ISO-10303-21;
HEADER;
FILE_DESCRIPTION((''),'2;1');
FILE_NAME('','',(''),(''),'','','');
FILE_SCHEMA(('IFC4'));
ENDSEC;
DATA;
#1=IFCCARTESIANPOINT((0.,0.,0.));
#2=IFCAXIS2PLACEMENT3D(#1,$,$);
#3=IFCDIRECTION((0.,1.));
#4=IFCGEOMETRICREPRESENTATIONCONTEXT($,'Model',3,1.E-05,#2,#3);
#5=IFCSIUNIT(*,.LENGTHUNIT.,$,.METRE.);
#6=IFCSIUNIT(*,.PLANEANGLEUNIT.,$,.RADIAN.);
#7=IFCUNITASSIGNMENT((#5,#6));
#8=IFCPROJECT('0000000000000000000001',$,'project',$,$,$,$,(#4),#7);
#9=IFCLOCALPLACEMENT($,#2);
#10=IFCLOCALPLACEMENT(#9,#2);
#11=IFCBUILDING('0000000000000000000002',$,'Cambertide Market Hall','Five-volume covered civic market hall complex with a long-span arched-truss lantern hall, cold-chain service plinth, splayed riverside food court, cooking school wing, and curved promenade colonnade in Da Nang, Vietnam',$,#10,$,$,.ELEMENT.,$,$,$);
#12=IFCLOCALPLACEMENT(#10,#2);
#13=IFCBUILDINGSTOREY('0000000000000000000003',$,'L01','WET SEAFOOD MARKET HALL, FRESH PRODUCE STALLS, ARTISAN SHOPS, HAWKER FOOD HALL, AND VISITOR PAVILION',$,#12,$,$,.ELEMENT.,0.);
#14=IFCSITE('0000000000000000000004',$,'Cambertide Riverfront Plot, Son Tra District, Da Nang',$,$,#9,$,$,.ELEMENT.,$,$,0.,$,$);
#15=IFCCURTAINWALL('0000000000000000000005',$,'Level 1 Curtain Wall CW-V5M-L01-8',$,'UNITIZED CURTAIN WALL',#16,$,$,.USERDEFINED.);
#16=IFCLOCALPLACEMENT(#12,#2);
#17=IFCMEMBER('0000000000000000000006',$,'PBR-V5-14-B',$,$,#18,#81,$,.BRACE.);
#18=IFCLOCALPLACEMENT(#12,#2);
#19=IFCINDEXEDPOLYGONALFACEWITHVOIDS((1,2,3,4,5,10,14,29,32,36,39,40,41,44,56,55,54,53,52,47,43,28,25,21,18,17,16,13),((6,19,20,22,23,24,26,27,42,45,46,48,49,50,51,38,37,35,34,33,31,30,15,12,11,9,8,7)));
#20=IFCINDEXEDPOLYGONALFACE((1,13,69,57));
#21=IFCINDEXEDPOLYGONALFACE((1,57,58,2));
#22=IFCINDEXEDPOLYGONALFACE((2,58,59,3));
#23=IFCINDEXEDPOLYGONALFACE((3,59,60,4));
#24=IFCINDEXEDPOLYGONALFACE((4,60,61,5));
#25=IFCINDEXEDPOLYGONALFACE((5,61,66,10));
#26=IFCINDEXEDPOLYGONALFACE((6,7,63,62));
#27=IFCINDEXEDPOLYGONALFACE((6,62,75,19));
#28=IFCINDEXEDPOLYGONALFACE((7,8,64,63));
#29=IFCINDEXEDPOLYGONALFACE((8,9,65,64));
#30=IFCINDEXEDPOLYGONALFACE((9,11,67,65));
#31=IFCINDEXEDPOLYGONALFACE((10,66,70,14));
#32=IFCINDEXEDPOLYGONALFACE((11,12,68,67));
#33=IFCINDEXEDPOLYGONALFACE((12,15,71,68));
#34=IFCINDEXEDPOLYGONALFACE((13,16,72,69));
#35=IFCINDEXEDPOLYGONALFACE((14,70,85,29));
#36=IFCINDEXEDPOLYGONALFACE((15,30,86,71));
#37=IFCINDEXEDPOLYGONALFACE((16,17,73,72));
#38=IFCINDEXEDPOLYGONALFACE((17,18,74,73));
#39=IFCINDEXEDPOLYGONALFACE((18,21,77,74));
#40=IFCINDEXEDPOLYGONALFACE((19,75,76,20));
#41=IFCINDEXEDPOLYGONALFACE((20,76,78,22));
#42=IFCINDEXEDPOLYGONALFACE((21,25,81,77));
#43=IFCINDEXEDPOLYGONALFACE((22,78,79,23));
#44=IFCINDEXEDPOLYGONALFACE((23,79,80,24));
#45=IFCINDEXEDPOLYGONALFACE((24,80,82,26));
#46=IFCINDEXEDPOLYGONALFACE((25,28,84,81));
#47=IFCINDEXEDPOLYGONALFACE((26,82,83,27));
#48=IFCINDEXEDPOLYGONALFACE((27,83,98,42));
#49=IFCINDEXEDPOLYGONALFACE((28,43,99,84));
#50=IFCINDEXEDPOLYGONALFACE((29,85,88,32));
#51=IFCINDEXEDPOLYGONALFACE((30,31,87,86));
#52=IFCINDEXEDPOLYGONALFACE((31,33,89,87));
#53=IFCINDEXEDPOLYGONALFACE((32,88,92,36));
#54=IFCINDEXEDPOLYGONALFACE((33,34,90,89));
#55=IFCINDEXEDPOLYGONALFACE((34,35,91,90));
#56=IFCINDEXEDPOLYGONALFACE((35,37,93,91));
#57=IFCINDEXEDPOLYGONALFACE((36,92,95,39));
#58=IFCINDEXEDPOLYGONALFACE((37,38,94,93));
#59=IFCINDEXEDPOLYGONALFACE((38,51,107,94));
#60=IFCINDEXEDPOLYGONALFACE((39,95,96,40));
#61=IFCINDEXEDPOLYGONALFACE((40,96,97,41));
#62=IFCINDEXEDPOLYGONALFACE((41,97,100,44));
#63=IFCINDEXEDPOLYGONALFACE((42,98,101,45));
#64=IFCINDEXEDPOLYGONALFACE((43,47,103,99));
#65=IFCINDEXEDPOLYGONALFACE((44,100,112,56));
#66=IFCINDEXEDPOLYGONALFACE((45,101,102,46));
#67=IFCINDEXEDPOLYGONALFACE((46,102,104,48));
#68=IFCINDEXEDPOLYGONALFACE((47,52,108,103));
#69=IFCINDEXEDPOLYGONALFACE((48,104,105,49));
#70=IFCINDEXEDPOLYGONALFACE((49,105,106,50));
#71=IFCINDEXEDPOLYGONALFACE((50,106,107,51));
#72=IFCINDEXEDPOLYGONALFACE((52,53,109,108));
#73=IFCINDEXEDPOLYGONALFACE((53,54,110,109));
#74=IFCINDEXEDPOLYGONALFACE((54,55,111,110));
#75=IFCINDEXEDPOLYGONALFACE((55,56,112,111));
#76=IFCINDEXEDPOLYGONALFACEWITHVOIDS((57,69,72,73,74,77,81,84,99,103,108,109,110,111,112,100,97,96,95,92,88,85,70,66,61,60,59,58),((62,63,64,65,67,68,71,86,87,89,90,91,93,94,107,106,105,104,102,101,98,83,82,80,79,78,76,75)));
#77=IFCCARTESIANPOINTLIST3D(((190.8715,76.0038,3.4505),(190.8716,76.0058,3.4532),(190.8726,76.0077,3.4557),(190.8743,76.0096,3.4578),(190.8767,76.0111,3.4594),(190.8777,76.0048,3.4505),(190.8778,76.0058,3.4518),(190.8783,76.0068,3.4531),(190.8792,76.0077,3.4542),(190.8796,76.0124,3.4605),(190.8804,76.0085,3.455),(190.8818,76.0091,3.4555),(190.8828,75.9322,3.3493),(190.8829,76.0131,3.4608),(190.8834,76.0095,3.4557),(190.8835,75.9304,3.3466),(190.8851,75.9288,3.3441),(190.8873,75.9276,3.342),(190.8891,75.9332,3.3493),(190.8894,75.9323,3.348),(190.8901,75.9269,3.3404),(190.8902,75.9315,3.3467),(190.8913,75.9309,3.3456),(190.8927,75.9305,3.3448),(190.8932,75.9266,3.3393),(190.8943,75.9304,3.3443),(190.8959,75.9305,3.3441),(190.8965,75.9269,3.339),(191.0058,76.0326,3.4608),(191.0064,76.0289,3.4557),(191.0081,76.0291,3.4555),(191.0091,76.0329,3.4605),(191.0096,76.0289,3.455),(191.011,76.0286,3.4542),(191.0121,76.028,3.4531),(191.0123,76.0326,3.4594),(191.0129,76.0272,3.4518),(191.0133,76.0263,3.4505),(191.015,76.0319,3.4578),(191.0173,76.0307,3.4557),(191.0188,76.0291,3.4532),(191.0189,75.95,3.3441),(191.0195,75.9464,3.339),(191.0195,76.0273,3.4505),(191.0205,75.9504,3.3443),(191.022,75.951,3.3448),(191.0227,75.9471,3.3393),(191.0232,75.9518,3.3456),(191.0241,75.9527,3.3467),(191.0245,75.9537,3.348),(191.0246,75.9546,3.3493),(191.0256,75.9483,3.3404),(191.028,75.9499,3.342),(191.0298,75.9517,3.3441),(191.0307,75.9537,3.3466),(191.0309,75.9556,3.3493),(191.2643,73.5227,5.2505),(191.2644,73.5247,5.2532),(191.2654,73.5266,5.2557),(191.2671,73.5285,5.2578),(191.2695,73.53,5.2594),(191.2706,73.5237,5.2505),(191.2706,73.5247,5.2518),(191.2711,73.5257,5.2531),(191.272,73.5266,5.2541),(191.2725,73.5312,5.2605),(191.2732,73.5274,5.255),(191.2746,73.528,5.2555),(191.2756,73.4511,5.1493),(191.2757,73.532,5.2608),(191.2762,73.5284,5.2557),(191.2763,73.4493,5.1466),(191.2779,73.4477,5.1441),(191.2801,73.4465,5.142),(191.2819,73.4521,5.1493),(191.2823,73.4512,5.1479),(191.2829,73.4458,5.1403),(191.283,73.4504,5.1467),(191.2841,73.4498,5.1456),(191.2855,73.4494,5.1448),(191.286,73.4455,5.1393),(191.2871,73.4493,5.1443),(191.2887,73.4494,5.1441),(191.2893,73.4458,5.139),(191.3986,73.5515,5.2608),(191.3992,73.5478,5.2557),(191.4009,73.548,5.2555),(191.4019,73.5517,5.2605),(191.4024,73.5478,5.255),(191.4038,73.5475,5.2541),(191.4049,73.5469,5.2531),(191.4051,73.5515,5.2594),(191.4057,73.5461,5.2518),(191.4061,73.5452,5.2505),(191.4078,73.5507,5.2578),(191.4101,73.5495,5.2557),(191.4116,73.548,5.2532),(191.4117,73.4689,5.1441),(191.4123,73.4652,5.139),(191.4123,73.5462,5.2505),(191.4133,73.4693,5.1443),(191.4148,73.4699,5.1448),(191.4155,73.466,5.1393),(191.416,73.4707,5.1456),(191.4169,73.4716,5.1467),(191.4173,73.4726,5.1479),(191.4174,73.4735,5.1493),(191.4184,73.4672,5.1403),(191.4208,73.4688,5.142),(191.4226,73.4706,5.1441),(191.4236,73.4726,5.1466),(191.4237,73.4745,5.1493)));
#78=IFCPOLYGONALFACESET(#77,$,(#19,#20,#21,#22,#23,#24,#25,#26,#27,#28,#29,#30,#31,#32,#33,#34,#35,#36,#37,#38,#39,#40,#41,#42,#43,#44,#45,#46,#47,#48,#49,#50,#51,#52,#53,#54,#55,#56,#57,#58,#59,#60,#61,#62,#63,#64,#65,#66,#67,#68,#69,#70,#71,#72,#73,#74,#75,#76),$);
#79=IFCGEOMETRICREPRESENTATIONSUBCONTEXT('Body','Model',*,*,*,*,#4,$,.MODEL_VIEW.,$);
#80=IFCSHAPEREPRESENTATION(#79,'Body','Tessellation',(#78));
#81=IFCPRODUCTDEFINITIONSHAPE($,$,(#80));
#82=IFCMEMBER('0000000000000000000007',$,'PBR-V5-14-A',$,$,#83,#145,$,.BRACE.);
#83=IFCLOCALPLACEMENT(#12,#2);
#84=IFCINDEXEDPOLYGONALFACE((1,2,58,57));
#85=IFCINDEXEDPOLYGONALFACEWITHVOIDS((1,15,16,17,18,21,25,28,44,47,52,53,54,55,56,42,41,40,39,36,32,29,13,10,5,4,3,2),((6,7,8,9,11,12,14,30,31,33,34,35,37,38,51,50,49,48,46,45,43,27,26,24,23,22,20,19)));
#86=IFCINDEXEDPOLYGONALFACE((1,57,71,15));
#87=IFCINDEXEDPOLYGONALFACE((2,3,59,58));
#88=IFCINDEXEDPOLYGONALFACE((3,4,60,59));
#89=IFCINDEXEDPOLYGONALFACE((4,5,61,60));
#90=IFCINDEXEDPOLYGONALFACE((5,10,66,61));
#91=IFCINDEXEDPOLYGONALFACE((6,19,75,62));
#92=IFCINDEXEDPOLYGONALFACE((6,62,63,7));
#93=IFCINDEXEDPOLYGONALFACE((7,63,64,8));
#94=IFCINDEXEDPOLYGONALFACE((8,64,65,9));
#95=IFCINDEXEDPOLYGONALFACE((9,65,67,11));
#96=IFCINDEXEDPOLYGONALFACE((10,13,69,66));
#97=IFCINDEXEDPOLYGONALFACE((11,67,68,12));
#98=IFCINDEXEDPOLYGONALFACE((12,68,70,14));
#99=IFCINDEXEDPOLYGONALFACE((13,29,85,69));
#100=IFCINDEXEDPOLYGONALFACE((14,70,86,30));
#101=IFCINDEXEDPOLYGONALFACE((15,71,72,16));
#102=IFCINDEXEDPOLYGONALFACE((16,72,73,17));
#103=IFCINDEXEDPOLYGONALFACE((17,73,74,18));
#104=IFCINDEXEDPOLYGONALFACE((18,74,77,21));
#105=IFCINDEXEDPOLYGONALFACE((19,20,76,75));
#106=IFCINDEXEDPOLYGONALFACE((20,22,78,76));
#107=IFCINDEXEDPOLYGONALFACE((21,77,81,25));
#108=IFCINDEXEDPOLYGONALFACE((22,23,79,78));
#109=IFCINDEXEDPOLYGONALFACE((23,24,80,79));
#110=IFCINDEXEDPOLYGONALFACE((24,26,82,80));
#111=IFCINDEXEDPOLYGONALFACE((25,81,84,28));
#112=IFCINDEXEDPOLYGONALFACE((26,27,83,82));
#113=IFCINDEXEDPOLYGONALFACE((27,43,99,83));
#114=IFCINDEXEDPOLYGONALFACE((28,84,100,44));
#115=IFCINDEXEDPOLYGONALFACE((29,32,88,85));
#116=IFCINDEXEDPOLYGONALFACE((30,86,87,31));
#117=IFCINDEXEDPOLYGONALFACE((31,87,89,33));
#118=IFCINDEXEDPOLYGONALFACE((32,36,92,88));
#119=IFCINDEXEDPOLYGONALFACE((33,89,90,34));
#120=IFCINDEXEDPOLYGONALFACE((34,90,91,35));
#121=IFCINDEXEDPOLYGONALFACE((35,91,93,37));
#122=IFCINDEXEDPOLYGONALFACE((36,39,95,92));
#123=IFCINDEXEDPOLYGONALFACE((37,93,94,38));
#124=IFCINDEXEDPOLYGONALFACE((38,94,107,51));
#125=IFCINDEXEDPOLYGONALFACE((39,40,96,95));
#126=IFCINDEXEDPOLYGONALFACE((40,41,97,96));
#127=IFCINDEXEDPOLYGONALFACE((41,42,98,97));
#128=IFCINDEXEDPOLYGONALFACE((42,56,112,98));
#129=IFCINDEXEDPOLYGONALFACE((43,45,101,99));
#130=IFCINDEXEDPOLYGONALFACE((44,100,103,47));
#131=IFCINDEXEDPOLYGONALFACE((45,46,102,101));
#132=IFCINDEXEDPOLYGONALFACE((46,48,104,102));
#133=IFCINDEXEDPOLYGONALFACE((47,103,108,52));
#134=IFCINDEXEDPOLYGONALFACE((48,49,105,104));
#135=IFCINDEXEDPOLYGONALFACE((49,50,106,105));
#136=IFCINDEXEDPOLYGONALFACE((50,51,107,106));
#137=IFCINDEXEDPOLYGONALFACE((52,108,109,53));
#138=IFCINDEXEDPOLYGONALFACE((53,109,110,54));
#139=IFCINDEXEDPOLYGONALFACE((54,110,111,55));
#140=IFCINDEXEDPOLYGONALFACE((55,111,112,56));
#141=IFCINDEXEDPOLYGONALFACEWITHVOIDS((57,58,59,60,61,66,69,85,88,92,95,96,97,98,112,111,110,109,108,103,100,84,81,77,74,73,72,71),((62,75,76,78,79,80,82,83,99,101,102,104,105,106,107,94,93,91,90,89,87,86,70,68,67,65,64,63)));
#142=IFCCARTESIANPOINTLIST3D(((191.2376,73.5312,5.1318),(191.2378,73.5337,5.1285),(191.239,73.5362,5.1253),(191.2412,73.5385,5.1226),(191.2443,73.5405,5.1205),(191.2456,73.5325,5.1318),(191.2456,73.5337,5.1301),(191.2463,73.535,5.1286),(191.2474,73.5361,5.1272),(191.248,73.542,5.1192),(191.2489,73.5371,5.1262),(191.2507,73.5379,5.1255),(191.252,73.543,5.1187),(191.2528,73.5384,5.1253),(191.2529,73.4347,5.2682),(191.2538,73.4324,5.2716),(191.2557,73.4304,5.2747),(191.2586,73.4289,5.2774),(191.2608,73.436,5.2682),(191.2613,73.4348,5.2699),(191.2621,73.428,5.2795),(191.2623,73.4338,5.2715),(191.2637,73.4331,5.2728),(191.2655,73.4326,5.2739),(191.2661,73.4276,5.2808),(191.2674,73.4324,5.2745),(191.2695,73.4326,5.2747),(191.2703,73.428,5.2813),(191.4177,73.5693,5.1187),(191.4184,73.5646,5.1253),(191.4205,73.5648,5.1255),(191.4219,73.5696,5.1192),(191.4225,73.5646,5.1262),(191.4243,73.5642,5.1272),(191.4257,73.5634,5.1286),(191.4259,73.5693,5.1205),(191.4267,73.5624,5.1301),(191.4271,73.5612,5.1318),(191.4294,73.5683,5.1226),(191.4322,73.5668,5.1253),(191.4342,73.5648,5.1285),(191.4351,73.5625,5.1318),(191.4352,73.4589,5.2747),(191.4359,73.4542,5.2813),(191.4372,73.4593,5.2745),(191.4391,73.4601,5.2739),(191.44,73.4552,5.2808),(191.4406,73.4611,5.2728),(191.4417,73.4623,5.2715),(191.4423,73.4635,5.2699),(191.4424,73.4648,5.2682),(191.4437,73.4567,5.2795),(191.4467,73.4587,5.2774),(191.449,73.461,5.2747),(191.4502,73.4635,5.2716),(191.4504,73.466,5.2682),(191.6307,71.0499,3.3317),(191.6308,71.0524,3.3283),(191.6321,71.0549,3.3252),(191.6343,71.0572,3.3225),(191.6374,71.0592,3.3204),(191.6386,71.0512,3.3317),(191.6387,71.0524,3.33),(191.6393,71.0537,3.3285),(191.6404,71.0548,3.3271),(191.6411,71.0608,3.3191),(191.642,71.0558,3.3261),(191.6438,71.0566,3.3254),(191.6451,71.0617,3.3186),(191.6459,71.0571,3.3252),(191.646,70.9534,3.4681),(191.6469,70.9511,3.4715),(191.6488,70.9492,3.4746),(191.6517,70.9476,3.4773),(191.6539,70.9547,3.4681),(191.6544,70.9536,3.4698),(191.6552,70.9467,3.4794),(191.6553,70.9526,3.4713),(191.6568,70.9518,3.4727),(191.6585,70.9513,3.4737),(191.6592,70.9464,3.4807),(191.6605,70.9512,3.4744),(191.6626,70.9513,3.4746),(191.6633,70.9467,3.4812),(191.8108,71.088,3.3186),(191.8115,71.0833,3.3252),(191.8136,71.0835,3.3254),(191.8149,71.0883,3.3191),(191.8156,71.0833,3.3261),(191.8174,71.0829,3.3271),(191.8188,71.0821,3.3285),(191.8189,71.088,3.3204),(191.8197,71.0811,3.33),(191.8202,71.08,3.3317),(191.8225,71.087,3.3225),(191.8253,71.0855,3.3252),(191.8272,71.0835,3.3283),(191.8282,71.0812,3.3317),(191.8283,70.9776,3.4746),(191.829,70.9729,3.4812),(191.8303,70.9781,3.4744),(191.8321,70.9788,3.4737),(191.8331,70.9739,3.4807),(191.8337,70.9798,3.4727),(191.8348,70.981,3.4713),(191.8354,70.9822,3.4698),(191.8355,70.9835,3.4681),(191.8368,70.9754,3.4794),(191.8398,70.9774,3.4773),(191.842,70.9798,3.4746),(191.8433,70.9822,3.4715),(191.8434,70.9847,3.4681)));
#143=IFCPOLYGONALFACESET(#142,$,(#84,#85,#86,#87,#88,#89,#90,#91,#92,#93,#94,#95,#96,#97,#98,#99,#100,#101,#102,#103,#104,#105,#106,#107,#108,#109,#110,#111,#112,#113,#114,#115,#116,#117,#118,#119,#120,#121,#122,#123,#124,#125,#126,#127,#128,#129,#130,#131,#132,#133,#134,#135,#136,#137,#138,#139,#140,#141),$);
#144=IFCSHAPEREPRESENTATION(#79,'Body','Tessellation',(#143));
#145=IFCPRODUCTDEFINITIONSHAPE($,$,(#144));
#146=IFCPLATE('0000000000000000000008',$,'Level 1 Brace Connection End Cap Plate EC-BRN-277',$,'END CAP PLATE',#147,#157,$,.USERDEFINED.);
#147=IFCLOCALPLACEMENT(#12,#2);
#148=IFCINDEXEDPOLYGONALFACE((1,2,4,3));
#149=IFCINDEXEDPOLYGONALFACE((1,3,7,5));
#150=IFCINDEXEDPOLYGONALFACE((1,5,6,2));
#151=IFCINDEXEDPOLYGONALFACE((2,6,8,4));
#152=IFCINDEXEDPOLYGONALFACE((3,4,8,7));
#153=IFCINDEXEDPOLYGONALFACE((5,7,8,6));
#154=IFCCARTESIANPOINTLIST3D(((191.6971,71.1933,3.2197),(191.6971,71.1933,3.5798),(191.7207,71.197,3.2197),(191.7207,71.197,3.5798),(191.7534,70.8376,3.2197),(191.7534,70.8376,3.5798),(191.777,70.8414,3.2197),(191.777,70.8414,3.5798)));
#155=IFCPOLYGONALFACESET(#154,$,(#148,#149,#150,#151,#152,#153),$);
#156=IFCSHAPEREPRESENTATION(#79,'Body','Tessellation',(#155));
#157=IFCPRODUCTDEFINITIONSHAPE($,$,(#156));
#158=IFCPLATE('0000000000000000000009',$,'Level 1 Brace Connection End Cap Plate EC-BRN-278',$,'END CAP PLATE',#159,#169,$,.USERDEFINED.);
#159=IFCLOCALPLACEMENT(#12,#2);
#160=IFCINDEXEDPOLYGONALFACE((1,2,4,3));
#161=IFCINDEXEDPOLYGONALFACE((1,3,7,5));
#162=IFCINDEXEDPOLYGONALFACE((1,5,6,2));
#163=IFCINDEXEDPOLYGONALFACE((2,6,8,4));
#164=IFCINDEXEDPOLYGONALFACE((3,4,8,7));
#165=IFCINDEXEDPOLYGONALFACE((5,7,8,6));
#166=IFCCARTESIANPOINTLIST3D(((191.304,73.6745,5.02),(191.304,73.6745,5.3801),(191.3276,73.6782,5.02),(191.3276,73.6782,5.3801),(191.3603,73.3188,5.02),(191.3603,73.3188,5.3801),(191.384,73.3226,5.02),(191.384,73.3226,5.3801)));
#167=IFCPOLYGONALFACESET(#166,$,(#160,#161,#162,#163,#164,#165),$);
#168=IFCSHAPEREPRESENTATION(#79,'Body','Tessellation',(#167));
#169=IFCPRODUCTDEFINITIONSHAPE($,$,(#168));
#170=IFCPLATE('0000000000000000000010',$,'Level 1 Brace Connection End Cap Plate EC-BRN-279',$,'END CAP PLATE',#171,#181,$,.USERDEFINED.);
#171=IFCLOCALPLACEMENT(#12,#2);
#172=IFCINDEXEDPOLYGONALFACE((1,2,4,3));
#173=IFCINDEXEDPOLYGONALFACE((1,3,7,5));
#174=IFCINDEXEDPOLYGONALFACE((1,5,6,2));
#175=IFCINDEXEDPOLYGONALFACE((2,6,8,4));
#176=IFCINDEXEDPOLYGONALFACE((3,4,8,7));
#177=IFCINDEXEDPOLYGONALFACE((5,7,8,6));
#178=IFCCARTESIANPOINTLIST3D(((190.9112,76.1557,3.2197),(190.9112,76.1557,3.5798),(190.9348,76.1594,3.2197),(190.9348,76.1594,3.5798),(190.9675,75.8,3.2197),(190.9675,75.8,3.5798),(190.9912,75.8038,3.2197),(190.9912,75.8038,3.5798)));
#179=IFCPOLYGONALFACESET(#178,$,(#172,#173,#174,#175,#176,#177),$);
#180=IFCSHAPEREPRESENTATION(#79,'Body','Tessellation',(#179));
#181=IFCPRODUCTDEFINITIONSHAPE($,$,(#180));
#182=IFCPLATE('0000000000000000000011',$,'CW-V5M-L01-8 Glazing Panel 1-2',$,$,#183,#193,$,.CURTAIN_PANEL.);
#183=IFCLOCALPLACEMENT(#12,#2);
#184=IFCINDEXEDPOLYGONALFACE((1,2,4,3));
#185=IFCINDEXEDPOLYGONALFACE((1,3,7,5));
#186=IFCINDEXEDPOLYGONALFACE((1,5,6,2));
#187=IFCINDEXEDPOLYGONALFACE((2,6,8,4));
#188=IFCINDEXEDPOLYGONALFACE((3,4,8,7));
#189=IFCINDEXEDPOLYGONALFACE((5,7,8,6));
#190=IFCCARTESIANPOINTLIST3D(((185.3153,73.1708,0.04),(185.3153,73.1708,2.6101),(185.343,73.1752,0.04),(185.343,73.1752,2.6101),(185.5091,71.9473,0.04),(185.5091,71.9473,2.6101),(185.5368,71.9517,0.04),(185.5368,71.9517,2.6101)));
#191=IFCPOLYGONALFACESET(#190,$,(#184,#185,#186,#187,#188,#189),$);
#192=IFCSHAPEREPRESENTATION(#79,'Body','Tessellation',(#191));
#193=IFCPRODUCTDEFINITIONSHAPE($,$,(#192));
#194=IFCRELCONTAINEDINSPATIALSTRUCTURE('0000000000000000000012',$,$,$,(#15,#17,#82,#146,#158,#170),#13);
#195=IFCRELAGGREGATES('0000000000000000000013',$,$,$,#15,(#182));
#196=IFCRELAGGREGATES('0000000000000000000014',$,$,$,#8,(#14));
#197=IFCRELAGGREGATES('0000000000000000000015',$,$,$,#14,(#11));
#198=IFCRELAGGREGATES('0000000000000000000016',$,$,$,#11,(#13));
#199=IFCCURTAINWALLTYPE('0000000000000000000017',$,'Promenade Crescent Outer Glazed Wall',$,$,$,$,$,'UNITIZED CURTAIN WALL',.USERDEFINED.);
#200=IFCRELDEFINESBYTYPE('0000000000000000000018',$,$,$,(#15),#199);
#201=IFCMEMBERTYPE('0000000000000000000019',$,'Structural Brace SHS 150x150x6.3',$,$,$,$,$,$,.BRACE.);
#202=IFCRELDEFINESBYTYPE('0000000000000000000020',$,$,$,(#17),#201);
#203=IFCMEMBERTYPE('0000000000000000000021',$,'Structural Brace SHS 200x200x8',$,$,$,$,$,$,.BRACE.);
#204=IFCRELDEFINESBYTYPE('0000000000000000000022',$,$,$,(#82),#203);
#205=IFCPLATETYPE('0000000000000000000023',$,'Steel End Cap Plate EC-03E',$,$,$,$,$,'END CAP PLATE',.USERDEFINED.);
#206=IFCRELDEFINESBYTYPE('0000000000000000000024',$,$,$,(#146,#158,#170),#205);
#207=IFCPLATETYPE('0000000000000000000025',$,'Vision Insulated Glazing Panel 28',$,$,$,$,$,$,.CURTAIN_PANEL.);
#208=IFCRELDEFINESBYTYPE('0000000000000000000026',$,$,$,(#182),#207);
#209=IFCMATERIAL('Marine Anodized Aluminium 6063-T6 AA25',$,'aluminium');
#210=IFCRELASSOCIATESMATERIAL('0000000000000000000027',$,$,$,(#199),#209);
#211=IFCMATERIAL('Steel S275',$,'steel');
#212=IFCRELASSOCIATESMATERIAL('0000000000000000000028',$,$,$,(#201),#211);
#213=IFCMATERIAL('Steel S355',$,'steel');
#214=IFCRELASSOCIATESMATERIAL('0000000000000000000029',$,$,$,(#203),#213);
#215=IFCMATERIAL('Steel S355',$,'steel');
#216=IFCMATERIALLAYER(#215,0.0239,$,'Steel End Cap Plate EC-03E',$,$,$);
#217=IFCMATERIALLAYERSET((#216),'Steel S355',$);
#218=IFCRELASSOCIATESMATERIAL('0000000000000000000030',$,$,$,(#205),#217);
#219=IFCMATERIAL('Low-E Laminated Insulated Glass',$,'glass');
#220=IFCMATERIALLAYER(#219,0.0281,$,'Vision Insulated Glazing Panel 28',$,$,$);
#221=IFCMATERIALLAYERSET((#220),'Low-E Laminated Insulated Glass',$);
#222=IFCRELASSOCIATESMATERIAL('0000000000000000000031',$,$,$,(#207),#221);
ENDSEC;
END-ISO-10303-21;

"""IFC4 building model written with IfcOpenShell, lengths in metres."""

from ifc_helpers import new_model, si_unit, direction, frame, origin, origin_2d, place, context, subcontext, project, spatial, rectangle, hollow_rectangle, extrude, material, layer, layer_set, material_profile, profile_set, type_object, element, aggregate, save


model = new_model("IFC4")

# Units and contexts
model_context = context("Model", 3, precision=1e-05, world=origin(), true_north=direction((0.0, 1.0)))
body_context = subcontext(model_context, "Body", "Model", "MODEL_VIEW")
ifc_project = project(units=[si_unit("LENGTHUNIT", "METRE"), si_unit("PLANEANGLEUNIT", "RADIAN")], contexts=[model_context])

# Site, building, storey
site_placement = place(None, origin())
site = spatial("IfcSite", under=ifc_project, at=site_placement, Name="Cambertide Riverfront Plot, Son Tra District, Da Nang", CompositionType="ELEMENT", RefElevation=0.0)
building_placement = place(site_placement, origin())
building = spatial("IfcBuilding", under=site, at=building_placement, Name="Cambertide Market Hall", Description="Five-volume covered civic market hall complex with a long-span arched-truss lantern hall, cold-chain service plinth, splayed riverside food court, cooking school wing, and curved promenade colonnade in Da Nang, Vietnam", CompositionType="ELEMENT")
storey_placement = place(building_placement, origin())
storey = spatial("IfcBuildingStorey", under=building, at=storey_placement, Name="L01", Description="WET SEAFOOD MARKET HALL, FRESH PRODUCE STALLS, ARTISAN SHOPS, HAWKER FOOD HALL, AND VISITOR PAVILION", CompositionType="ELEMENT", Elevation=0.0)

# Curtain wall
ifc_material_1 = material(Name="Marine Anodized Aluminium 6063-T6 AA25", Category="aluminium")
curtain_wall_type = type_object("IfcCurtainWallType", Name="Promenade Crescent Outer Glazed Wall", ElementType="UNITIZED CURTAIN WALL", PredefinedType="USERDEFINED", material=ifc_material_1)
curtain_wall_placement = place(storey_placement, origin())
curtain_wall = element("IfcCurtainWall", 1, at=curtain_wall_placement, inside=storey, type_object=curtain_wall_type, Name="Level 1 Curtain Wall CW-V5M-L01-8", ObjectType="UNITIZED CURTAIN WALL", PredefinedType="USERDEFINED")

# Members
ifc_material_2 = material(Name="Steel S275", Category="steel")
ifc_material_profile_1 = material_profile(ifc_material_2, hollow_rectangle(XDim=0.1499, YDim=0.1499, WallThickness=0.0063, InnerFilletRadius=0.0063, OuterFilletRadius=0.0127, at=origin_2d()), Name="SHS 150x150x6.3")
ifc_profile_set_1 = profile_set([ifc_material_profile_1], Name="Steel S275")
member_type_1 = type_object("IfcMemberType", Name="Structural Brace SHS 150x150x6.3", PredefinedType="BRACE", material=ifc_profile_set_1)
member_1_placement = place(storey_placement, frame((190.9512, 75.9797, 3.3999), z_axis=(0.127109, -0.802862, 0.582456), x_axis=(0.987698, 0.156372, 0.0)))
element("IfcMember", 2, at=member_1_placement, inside=storey, type_object=member_type_1, Name="PBR-V5-14-B", PredefinedType="BRACE", context=body_context, shape_type="SweptSolid", body=[
    extrude(hollow_rectangle(XDim=0.1499, YDim=0.1499, WallThickness=0.0063, InnerFilletRadius=0.0063, OuterFilletRadius=0.0127, at=origin_2d()), origin(), (0.0, 0.0, 1.0), 3.0903),
])
ifc_material_3 = material(Name="Steel S355", Category="steel")
ifc_material_profile_2 = material_profile(ifc_material_3, hollow_rectangle(XDim=0.2, YDim=0.2, WallThickness=0.0081, InnerFilletRadius=0.0081, OuterFilletRadius=0.0161, at=origin_2d()), Name="SHS 200x200x8")
ifc_profile_set_2 = profile_set([ifc_material_profile_2], Name="Steel S355")
member_type_2 = type_object("IfcMemberType", Name="Structural Brace SHS 200x200x8", PredefinedType="BRACE", material=ifc_profile_set_2)
member_2_placement = place(storey_placement, frame((191.7371, 71.0173, 3.3999), z_axis=(-0.127186, 0.802854, 0.582451), x_axis=(-0.987683, -0.156467, 0.0)))
element("IfcMember", 3, at=member_2_placement, inside=storey, type_object=member_type_2, Name="PBR-V5-14-A", PredefinedType="BRACE", context=body_context, shape_type="SweptSolid", body=[
    extrude(hollow_rectangle(XDim=0.2, YDim=0.2, WallThickness=0.0081, InnerFilletRadius=0.0081, OuterFilletRadius=0.0161, at=origin_2d()), origin(), (0.0, 0.0, 1.0), 3.0906),
])

# Plates
ifc_material_4 = material(Name="Steel S355", Category="steel")
ifc_layer_1 = layer(ifc_material_4, 0.0239, Name="Steel End Cap Plate EC-03E")
ifc_layer_set_1 = layer_set([ifc_layer_1], Name="Steel S355")
plate_type_1 = type_object("IfcPlateType", Name="Steel End Cap Plate EC-03E", ElementType="END CAP PLATE", PredefinedType="USERDEFINED", material=ifc_layer_set_1)
for number, where, z_axis, x_axis, name in (
    (4, (191.7371, 71.0173, 3.2197), (0.0, 0.0, 1.0), (-0.156434, 0.987688, 0.0), "Level 1 Brace Connection End Cap Plate EC-BRN-277"),
    (5, (191.344, 73.4985, 5.02), (0.0, 0.0, 1.0), (-0.156434, 0.987688, 0.0), "Level 1 Brace Connection End Cap Plate EC-BRN-278"),
    (6, (190.9512, 75.9797, 3.2197), (0.0, 0.0, 1.0), (0.156434, -0.987688, 0.0), "Level 1 Brace Connection End Cap Plate EC-BRN-279"),
):
    element("IfcPlate", number, at=place(storey_placement, frame(where, z_axis=z_axis, x_axis=x_axis)), inside=storey, type_object=plate_type_1, Name=name, ObjectType="END CAP PLATE", PredefinedType="USERDEFINED", context=body_context, shape_type="SweptSolid", body=[
        extrude(rectangle(XDim=0.3601, YDim=0.0239, at=origin_2d()), origin(), (0.0, 0.0, 1.0), 0.3601),
    ])

# Plate
ifc_material_5 = material(Name="Low-E Laminated Insulated Glass", Category="glass")
ifc_layer_2 = layer(ifc_material_5, 0.0281, Name="Vision Insulated Glazing Panel 28")
ifc_layer_set_2 = layer_set([ifc_layer_2], Name="Low-E Laminated Insulated Glass")
plate_type_2 = type_object("IfcPlateType", Name="Vision Insulated Glazing Panel 28", PredefinedType="CURTAIN_PANEL", material=ifc_layer_set_2)
plate_1_placement = place(storey_placement, frame((185.426, 72.5613, 0.04), z_axis=(0.0, 0.0, 1.0), x_axis=(0.156435, -0.987688, 0.0)))
plate_1 = element("IfcPlate", 7, at=plate_1_placement, type_object=plate_type_2, Name="CW-V5M-L01-8 Glazing Panel 1-2", PredefinedType="CURTAIN_PANEL", context=body_context, shape_type="SweptSolid", body=[
    extrude(rectangle(XDim=1.2388, YDim=0.0281, at=origin_2d()), origin(), (0.0, 0.0, 1.0), 2.5701),
])
aggregate(curtain_wall, [plate_1])

save(model, "model.ifc")
